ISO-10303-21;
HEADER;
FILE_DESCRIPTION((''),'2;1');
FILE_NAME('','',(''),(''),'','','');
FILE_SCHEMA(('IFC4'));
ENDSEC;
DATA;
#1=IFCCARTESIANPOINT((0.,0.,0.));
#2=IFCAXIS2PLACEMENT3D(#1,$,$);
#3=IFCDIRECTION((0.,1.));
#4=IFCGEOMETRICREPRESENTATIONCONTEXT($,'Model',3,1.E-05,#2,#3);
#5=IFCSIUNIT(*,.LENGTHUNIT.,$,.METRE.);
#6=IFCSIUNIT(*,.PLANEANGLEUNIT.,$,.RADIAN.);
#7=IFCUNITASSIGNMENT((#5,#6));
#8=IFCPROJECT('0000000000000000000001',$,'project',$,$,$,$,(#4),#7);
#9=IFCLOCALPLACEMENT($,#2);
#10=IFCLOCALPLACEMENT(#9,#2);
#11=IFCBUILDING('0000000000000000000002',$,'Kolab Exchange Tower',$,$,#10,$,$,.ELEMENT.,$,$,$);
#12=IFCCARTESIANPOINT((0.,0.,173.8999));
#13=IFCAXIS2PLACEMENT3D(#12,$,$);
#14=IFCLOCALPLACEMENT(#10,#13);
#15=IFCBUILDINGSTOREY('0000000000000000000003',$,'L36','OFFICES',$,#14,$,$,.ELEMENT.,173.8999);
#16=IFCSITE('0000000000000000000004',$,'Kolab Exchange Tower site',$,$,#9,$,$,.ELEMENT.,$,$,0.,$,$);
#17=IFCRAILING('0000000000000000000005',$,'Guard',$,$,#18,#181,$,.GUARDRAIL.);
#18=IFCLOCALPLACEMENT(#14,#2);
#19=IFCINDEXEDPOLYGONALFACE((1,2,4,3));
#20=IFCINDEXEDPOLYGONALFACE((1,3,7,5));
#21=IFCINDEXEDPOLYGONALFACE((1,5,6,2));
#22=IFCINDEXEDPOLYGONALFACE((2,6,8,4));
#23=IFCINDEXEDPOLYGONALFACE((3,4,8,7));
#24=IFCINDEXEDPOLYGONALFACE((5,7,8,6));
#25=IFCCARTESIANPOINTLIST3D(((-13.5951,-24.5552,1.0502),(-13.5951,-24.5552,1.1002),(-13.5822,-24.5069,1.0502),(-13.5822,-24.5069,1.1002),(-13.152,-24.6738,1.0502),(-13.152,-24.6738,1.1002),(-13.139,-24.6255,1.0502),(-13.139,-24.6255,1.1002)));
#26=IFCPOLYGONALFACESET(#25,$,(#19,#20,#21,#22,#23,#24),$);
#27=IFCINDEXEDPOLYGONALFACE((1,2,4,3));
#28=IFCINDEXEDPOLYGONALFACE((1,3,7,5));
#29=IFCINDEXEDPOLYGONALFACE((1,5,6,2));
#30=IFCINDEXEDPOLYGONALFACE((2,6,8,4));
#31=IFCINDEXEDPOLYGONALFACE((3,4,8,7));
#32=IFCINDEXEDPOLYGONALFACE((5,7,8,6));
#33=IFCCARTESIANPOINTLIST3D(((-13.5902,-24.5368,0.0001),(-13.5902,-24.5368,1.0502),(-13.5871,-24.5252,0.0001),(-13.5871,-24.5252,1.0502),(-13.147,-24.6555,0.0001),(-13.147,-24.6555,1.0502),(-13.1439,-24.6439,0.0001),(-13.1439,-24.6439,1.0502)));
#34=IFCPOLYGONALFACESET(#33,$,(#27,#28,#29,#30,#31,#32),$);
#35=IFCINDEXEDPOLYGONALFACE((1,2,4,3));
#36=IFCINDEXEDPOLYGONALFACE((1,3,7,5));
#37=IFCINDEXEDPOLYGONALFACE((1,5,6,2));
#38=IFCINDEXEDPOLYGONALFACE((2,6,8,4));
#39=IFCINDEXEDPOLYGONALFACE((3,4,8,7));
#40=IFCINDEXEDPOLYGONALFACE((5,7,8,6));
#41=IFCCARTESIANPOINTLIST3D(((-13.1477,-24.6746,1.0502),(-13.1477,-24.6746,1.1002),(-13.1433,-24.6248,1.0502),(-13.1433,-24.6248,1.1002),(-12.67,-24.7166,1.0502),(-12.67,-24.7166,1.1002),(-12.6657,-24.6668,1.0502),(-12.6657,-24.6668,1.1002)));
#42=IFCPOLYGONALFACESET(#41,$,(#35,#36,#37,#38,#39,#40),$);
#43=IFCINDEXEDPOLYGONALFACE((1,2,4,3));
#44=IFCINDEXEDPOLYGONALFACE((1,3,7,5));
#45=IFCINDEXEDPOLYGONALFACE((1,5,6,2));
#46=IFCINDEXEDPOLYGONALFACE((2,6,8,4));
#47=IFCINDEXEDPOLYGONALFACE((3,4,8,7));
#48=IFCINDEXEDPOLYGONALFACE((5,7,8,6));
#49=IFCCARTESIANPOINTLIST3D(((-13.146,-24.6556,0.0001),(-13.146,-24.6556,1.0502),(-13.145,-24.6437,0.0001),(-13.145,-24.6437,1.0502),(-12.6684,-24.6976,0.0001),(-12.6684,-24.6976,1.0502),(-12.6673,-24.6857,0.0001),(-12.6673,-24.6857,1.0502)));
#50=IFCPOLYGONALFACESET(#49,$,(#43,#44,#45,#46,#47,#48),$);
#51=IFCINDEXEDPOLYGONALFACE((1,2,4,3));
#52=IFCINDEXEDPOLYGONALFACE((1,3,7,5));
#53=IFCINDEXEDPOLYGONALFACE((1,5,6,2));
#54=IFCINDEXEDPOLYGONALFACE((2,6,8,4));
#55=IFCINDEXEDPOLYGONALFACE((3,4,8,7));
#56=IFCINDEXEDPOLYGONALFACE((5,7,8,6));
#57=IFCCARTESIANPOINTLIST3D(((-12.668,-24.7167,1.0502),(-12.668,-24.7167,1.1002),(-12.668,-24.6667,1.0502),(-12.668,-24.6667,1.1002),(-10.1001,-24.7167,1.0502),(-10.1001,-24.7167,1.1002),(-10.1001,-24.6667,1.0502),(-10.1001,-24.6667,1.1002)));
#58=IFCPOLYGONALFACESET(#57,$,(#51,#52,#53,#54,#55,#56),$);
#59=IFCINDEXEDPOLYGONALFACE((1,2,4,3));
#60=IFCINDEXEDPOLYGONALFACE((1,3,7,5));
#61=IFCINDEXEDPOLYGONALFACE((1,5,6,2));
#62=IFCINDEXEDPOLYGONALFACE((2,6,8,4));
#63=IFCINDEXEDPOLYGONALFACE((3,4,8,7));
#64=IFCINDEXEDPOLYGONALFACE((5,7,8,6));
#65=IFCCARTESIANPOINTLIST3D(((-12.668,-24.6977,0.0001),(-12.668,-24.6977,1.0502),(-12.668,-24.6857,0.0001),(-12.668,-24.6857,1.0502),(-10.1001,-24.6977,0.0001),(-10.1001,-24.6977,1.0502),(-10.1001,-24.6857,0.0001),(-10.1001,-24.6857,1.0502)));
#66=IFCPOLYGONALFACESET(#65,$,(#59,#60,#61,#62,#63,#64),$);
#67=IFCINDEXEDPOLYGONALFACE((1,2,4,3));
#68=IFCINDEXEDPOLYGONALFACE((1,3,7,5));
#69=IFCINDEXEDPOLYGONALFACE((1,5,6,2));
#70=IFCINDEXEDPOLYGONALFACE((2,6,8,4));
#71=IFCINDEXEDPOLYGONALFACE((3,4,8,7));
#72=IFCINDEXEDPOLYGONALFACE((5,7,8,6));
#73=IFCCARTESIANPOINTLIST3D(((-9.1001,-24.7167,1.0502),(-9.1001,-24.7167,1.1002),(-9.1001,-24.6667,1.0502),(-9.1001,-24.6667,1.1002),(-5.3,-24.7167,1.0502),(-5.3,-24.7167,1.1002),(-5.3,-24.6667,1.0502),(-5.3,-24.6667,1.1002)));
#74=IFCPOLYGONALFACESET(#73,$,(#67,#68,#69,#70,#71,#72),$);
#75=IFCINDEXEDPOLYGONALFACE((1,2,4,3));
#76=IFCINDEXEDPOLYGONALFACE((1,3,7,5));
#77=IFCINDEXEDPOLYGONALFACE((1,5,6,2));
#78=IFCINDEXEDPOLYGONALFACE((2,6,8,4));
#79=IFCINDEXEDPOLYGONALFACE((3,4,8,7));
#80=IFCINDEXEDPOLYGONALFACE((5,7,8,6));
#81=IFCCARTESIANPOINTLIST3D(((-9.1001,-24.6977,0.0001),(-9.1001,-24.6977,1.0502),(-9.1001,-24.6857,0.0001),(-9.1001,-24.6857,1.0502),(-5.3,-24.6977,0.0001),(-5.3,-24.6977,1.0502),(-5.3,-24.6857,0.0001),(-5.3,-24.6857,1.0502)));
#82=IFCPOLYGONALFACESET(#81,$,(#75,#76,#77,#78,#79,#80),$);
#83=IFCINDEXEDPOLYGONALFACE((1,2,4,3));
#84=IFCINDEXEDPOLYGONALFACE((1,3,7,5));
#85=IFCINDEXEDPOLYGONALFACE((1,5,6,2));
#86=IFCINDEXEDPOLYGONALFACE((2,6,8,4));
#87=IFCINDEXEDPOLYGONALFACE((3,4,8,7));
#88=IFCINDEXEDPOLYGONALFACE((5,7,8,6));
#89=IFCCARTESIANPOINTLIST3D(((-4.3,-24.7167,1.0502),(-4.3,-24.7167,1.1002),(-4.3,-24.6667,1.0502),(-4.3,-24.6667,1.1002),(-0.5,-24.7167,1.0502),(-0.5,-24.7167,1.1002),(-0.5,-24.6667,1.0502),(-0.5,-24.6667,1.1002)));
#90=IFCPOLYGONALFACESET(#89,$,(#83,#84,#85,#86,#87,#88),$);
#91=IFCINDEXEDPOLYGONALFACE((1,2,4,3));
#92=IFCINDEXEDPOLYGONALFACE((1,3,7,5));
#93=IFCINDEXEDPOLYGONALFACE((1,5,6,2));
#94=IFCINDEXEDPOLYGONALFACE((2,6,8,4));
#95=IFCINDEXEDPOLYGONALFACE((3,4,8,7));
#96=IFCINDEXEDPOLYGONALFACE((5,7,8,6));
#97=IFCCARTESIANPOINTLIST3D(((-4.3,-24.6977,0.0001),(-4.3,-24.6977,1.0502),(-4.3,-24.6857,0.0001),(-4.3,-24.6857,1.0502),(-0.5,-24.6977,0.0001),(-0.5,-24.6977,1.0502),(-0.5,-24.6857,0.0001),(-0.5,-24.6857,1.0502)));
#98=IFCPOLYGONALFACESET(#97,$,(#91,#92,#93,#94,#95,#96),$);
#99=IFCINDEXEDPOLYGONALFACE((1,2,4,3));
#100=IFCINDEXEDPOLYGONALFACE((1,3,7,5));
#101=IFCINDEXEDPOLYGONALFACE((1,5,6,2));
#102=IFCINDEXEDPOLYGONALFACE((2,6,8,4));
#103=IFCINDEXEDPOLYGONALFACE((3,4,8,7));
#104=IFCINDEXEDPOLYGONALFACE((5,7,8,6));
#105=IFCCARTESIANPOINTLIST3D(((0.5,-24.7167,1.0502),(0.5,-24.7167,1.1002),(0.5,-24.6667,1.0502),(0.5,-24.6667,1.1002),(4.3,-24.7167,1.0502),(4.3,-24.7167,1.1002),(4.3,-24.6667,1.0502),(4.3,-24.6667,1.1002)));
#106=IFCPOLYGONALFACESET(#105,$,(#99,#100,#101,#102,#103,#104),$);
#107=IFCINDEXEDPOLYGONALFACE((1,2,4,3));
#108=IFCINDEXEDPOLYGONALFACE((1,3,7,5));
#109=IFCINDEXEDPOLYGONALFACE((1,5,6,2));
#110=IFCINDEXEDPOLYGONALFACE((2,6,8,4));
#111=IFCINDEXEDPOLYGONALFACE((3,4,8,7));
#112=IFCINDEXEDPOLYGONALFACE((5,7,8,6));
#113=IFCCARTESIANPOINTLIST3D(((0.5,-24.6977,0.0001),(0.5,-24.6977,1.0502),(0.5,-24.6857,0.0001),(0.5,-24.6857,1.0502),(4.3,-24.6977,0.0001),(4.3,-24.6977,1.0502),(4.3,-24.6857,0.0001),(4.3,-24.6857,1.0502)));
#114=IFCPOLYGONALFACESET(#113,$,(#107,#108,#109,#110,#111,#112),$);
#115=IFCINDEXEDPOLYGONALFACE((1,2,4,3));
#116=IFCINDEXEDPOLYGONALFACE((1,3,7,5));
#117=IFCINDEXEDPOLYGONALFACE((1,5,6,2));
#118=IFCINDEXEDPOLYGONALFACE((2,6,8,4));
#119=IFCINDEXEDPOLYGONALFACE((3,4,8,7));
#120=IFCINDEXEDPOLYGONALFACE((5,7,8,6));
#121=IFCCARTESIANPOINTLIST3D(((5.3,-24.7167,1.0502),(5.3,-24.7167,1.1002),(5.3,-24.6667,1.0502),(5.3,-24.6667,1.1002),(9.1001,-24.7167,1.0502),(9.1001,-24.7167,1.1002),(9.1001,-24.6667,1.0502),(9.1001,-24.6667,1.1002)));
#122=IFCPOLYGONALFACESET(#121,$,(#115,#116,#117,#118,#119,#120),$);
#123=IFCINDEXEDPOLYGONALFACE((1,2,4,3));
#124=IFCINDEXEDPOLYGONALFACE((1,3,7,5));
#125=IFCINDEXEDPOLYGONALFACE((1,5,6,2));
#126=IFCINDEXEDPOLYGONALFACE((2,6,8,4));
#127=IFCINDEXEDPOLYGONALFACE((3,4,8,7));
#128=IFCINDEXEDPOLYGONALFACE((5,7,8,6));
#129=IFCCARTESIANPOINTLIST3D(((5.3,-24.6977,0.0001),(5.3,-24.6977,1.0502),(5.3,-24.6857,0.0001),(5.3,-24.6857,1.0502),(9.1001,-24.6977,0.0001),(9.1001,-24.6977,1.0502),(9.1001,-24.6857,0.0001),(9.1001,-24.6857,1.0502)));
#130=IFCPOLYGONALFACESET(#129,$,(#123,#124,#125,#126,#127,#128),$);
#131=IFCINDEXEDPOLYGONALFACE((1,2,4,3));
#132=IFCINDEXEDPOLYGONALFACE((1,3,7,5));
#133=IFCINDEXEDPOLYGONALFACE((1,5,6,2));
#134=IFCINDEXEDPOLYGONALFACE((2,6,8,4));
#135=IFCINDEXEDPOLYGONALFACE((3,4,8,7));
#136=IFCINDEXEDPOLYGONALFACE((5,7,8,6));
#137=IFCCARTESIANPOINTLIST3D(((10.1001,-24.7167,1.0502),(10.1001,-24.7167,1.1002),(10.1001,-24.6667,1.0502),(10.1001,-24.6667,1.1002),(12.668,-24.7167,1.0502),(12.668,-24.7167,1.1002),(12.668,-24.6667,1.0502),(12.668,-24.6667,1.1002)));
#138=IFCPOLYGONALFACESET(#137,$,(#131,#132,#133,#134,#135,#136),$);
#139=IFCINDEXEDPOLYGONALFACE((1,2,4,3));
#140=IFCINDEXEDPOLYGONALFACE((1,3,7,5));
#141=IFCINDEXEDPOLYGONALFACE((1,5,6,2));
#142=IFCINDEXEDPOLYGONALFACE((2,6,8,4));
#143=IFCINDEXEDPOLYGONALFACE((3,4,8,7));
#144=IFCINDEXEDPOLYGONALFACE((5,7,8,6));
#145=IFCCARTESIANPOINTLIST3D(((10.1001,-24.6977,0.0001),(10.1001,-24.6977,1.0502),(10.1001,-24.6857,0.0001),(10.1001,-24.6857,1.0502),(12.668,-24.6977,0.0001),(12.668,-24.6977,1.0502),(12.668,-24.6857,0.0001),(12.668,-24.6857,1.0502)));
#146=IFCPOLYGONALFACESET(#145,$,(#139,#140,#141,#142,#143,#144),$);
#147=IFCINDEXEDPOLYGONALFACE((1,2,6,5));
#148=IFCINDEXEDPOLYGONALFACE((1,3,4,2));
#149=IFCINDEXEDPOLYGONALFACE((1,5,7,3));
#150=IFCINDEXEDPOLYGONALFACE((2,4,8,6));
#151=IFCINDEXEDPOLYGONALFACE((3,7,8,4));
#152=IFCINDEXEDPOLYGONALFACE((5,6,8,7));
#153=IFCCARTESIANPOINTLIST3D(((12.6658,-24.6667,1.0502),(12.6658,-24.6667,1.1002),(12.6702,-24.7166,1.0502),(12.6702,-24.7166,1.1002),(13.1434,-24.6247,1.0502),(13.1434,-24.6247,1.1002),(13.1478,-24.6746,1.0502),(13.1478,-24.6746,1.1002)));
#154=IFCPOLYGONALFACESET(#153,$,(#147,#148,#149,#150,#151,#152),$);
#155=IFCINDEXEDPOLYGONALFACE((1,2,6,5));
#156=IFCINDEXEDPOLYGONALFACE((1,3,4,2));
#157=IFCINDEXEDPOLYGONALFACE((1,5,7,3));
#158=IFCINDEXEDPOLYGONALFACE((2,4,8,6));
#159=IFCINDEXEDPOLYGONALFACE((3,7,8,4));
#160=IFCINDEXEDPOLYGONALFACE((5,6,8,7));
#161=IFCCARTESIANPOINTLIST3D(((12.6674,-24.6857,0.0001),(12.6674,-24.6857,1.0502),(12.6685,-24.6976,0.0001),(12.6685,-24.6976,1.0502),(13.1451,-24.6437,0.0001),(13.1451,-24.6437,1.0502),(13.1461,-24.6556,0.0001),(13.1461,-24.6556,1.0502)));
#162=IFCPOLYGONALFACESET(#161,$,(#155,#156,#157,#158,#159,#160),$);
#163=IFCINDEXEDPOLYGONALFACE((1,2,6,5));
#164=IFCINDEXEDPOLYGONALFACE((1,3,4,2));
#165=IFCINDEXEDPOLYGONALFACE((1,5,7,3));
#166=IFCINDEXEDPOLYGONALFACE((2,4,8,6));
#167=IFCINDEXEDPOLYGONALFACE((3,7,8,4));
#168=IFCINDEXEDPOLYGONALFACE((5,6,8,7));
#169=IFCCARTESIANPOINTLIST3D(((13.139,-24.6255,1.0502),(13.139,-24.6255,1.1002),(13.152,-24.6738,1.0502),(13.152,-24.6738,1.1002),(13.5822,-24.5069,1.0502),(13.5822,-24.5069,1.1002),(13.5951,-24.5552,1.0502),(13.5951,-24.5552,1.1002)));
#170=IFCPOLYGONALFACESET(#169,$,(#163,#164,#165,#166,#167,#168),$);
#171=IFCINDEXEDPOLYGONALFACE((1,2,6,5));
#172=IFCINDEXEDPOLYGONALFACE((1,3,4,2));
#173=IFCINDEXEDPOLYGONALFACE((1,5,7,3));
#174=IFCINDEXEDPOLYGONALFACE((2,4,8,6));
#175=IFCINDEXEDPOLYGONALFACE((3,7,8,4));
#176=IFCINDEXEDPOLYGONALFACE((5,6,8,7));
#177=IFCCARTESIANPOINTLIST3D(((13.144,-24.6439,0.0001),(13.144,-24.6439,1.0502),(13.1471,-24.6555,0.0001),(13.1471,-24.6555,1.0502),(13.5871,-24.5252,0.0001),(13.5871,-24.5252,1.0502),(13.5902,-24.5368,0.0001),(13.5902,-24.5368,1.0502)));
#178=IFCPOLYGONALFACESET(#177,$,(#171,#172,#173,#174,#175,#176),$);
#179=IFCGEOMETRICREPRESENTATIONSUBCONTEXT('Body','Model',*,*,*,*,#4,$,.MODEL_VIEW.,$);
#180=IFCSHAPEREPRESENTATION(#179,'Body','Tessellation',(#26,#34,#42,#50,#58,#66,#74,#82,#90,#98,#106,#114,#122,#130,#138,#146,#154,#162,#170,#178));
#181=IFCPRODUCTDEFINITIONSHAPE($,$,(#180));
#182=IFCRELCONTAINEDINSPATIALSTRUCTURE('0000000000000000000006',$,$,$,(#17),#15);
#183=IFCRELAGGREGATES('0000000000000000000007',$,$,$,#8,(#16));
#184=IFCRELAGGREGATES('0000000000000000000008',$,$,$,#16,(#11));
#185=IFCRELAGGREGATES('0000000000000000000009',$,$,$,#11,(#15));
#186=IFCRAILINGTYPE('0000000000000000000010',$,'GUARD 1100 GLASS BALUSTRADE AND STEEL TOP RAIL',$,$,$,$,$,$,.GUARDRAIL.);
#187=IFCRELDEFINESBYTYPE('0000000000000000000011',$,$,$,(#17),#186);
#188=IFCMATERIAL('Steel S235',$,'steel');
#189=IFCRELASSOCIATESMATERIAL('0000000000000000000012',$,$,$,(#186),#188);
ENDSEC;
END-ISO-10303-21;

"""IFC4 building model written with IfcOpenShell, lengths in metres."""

from ifc_helpers import new_model, si_unit, direction, frame, frame_2d, origin, origin_2d, place, context, subcontext, project, spatial, rectangle, extrude, material, type_object, element, save


model = new_model("IFC4")

# Units and contexts
model_context = context("Model", 3, precision=1e-05, world=origin(), true_north=direction((0.0, 1.0)))
body_context = subcontext(model_context, "Body", "Model", "MODEL_VIEW")
ifc_project = project(units=[si_unit("LENGTHUNIT", "METRE"), si_unit("PLANEANGLEUNIT", "RADIAN")], contexts=[model_context])

# Site, building, storey
site_placement = place(None, origin())
site = spatial("IfcSite", under=ifc_project, at=site_placement, Name="Kolab Exchange Tower site", CompositionType="ELEMENT", RefElevation=0.0)
building_placement = place(site_placement, origin())
building = spatial("IfcBuilding", under=site, at=building_placement, Name="Kolab Exchange Tower", CompositionType="ELEMENT")
storey_placement = place(building_placement, frame((0.0, 0.0, 173.8999)))
storey = spatial("IfcBuildingStorey", under=building, at=storey_placement, Name="L36", Description="OFFICES", CompositionType="ELEMENT", Elevation=173.8999)

# Railing
ifc_material_1 = material(Name="Steel S235", Category="steel")
railing_type = type_object("IfcRailingType", Name="GUARD 1100 GLASS BALUSTRADE AND STEEL TOP RAIL", PredefinedType="GUARDRAIL", material=ifc_material_1)
railing_placement = place(storey_placement, frame((-13.5886, -24.531, 0.0)))
element("IfcRailing", 1, at=railing_placement, inside=storey, type_object=railing_type, Name="Guard", PredefinedType="GUARDRAIL", context=body_context, shape_type="SweptSolid", body=[
    extrude(rectangle(XDim=0.05, YDim=0.05, at=origin_2d()), frame((0.0, 0.0, 1.0752), z_axis=(0.965969, -0.258656, 0.0), x_axis=(0.258656, 0.965969, 0.0)), (0.0, 0.0, 1.0), 0.4587),
    extrude(rectangle(XDim=0.012, YDim=1.0501, at=frame_2d((0.0, 0.5251))), frame((0.0, 0.0, 0.0), z_axis=(0.965969, -0.258656, 0.0), x_axis=(0.258656, 0.965969, 0.0)), (0.0, 0.0, 1.0), 0.4587),
    extrude(rectangle(XDim=0.05, YDim=0.05, at=origin_2d()), frame((0.4431, -0.1187, 1.0752), z_axis=(0.996156, -0.087597, 0.0), x_axis=(0.087597, 0.996156, 0.0)), (0.0, 0.0, 1.0), 0.4795),
    extrude(rectangle(XDim=0.012, YDim=1.0501, at=frame_2d((0.0, 0.5251))), frame((0.4431, -0.1187, 0.0), z_axis=(0.996156, -0.087597, 0.0), x_axis=(0.087597, 0.996156, 0.0)), (0.0, 0.0, 1.0), 0.4795),
    extrude(rectangle(XDim=0.05, YDim=0.05, at=origin_2d()), frame((0.9207, -0.1606, 1.0752), z_axis=(1.0, 0.0, 0.0), x_axis=(0.0, 1.0, 0.0)), (0.0, 0.0, 1.0), 2.5679),
    extrude(rectangle(XDim=0.012, YDim=1.0501, at=frame_2d((0.0, 0.5251))), frame((0.9207, -0.1606, 0.0), z_axis=(1.0, 0.0, 0.0), x_axis=(0.0, 1.0, 0.0)), (0.0, 0.0, 1.0), 2.5679),
    extrude(rectangle(XDim=0.05, YDim=0.05, at=origin_2d()), frame((4.4885, -0.1606, 1.0752), z_axis=(1.0, 0.0, 0.0), x_axis=(0.0, 1.0, 0.0)), (0.0, 0.0, 1.0), 3.8),
    extrude(rectangle(XDim=0.012, YDim=1.0501, at=frame_2d((0.0, 0.5251))), frame((4.4885, -0.1606, 0.0), z_axis=(1.0, 0.0, 0.0), x_axis=(0.0, 1.0, 0.0)), (0.0, 0.0, 1.0), 3.8),
    extrude(rectangle(XDim=0.05, YDim=0.05, at=origin_2d()), frame((9.2886, -0.1606, 1.0752), z_axis=(1.0, 0.0, 0.0), x_axis=(0.0, 1.0, 0.0)), (0.0, 0.0, 1.0), 3.8),
    extrude(rectangle(XDim=0.012, YDim=1.0501, at=frame_2d((0.0, 0.5251))), frame((9.2886, -0.1606, 0.0), z_axis=(1.0, 0.0, 0.0), x_axis=(0.0, 1.0, 0.0)), (0.0, 0.0, 1.0), 3.8),
    extrude(rectangle(XDim=0.05, YDim=0.05, at=origin_2d()), frame((14.0886, -0.1606, 1.0752), z_axis=(1.0, 0.0, 0.0), x_axis=(0.0, 1.0, 0.0)), (0.0, 0.0, 1.0), 3.8),
    extrude(rectangle(XDim=0.012, YDim=1.0501, at=frame_2d((0.0, 0.5251))), frame((14.0886, -0.1606, 0.0), z_axis=(1.0, 0.0, 0.0), x_axis=(0.0, 1.0, 0.0)), (0.0, 0.0, 1.0), 3.8),
    extrude(rectangle(XDim=0.05, YDim=0.05, at=origin_2d()), frame((18.8887, -0.1606, 1.0752), z_axis=(1.0, 0.0, 0.0), x_axis=(0.0, 1.0, 0.0)), (0.0, 0.0, 1.0), 3.8),
    extrude(rectangle(XDim=0.012, YDim=1.0501, at=frame_2d((0.0, 0.5251))), frame((18.8887, -0.1606, 0.0), z_axis=(1.0, 0.0, 0.0), x_axis=(0.0, 1.0, 0.0)), (0.0, 0.0, 1.0), 3.8),
    extrude(rectangle(XDim=0.05, YDim=0.05, at=origin_2d()), frame((23.6887, -0.1606, 1.0752), z_axis=(1.0, 0.0, 0.0), x_axis=(0.0, 1.0, 0.0)), (0.0, 0.0, 1.0), 2.5679),
    extrude(rectangle(XDim=0.012, YDim=1.0501, at=frame_2d((0.0, 0.5251))), frame((23.6887, -0.1606, 0.0), z_axis=(1.0, 0.0, 0.0), x_axis=(0.0, 1.0, 0.0)), (0.0, 0.0, 1.0), 2.5679),
    extrude(rectangle(XDim=0.05, YDim=0.05, at=origin_2d()), frame((26.2566, -0.1606, 1.0752), z_axis=(0.996156, 0.087597, 0.0), x_axis=(-0.087597, 0.996156, 0.0)), (0.0, 0.0, 1.0), 0.4795),
    extrude(rectangle(XDim=0.012, YDim=1.0501, at=frame_2d((0.0, 0.5251))), frame((26.2566, -0.1606, 0.0), z_axis=(0.996156, 0.087597, 0.0), x_axis=(-0.087597, 0.996156, 0.0)), (0.0, 0.0, 1.0), 0.4795),
    extrude(rectangle(XDim=0.05, YDim=0.05, at=origin_2d()), frame((26.7341, -0.1187, 1.0752), z_axis=(0.965969, 0.258656, 0.0), x_axis=(-0.258656, 0.965969, 0.0)), (0.0, 0.0, 1.0), 0.4587),
    extrude(rectangle(XDim=0.012, YDim=1.0501, at=frame_2d((0.0, 0.5251))), frame((26.7341, -0.1187, 0.0), z_axis=(0.965969, 0.258656, 0.0), x_axis=(-0.258656, 0.965969, 0.0)), (0.0, 0.0, 1.0), 0.4587),
])

save(model, "model.ifc")
